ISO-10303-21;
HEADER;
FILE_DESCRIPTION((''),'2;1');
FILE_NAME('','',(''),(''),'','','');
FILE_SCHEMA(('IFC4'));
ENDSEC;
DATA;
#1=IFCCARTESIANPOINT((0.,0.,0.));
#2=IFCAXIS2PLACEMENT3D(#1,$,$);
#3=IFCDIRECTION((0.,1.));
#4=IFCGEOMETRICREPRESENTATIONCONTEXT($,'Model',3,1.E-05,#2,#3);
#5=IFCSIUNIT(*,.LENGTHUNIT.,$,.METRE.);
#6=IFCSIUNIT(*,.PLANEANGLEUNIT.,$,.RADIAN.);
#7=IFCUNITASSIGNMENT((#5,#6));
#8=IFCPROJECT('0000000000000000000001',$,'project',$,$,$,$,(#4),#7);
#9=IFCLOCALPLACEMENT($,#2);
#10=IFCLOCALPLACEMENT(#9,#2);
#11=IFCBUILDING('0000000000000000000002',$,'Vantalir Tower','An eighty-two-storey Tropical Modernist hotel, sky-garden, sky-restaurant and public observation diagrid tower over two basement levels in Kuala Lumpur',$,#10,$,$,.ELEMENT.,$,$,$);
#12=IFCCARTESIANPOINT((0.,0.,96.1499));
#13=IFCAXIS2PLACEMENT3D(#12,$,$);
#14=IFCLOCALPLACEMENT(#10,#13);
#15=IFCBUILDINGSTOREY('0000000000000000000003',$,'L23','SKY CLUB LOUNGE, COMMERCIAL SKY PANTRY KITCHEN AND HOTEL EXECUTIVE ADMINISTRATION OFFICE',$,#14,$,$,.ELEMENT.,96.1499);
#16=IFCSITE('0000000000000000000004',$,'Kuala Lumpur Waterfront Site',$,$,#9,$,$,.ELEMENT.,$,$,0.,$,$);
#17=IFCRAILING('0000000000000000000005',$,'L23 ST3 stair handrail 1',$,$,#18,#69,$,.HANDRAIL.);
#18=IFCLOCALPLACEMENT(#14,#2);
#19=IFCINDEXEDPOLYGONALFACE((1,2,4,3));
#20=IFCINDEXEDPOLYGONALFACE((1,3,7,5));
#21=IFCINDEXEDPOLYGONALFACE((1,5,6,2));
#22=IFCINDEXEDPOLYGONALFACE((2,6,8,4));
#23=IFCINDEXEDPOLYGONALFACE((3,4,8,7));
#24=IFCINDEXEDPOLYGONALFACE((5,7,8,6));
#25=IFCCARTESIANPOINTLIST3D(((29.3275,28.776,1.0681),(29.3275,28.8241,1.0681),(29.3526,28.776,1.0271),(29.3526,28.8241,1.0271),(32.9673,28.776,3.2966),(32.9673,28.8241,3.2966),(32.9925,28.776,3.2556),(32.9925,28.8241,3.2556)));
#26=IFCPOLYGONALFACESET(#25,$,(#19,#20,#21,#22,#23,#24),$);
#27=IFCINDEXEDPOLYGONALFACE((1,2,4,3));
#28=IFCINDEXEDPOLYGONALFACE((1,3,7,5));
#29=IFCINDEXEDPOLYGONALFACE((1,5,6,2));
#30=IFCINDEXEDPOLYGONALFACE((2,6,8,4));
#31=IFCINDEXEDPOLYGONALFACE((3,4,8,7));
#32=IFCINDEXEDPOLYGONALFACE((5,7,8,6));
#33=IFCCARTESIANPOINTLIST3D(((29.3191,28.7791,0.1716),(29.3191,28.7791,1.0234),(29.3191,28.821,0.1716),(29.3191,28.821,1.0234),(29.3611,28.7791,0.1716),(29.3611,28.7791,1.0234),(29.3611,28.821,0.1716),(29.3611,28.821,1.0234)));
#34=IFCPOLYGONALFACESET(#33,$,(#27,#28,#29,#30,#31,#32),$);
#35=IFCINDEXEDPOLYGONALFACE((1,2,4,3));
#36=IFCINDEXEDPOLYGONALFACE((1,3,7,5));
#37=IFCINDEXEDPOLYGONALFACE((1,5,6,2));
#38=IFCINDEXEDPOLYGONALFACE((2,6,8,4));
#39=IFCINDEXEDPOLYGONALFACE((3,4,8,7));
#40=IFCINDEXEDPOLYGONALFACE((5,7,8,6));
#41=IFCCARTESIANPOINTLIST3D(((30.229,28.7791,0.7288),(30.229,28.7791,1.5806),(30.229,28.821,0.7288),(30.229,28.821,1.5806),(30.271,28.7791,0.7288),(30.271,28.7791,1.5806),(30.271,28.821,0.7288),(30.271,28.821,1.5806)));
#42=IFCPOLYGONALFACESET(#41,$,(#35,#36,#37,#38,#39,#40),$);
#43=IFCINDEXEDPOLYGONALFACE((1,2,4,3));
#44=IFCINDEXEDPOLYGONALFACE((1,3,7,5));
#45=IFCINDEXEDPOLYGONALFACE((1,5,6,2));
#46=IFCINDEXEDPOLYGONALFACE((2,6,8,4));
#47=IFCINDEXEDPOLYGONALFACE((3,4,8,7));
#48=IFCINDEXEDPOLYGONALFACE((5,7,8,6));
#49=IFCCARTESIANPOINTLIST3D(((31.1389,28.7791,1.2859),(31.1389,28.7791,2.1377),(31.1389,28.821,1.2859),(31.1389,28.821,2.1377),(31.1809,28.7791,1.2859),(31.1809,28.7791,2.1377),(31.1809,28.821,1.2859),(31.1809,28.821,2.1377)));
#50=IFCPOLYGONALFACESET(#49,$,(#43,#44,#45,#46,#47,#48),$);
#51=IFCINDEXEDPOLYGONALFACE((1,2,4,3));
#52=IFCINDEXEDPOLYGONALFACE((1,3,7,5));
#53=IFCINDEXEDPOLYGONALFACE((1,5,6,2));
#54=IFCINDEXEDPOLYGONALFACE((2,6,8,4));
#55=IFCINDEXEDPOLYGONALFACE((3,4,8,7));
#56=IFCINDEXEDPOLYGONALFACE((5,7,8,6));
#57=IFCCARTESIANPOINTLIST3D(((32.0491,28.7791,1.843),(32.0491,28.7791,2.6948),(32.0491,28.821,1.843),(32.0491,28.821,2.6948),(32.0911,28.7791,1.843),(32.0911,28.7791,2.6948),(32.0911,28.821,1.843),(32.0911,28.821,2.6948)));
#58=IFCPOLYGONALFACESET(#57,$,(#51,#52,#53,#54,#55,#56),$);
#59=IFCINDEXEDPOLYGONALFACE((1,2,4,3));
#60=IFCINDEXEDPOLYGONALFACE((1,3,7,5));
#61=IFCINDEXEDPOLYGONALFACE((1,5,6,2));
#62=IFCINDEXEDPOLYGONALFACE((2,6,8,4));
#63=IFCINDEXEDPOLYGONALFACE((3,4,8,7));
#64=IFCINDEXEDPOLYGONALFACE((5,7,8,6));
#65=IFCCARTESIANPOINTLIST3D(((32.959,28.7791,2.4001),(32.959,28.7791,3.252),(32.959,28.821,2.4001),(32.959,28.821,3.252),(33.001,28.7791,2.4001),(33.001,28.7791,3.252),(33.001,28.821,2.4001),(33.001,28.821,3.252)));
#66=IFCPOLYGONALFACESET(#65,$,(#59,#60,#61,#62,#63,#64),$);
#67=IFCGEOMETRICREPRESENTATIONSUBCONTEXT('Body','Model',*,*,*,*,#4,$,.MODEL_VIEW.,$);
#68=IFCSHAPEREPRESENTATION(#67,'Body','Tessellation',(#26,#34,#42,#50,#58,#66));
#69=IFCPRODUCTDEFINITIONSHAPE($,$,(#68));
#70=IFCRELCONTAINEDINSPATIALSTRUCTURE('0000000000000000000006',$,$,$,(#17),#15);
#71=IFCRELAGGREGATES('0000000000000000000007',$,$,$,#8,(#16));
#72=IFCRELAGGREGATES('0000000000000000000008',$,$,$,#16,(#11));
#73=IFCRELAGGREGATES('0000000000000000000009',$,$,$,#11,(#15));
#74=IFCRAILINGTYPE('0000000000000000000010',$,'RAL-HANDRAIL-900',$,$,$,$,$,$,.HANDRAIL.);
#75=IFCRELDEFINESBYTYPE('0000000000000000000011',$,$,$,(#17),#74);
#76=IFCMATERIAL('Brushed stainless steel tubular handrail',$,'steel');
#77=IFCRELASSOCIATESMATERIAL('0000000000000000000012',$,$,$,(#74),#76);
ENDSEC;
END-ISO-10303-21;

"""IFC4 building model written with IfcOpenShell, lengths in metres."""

from ifc_helpers import new_model, si_unit, direction, frame, origin, origin_2d, place, context, subcontext, project, spatial, rectangle, extrude, material, type_object, element, save


model = new_model("IFC4")

# Units and contexts
model_context = context("Model", 3, precision=1e-05, world=origin(), true_north=direction((0.0, 1.0)))
body_context = subcontext(model_context, "Body", "Model", "MODEL_VIEW")
ifc_project = project(units=[si_unit("LENGTHUNIT", "METRE"), si_unit("PLANEANGLEUNIT", "RADIAN")], contexts=[model_context])

# Site, building, storey
site_placement = place(None, origin())
site = spatial("IfcSite", under=ifc_project, at=site_placement, Name="Kuala Lumpur Waterfront Site", CompositionType="ELEMENT", RefElevation=0.0)
building_placement = place(site_placement, origin())
building = spatial("IfcBuilding", under=site, at=building_placement, Name="Vantalir Tower", Description="An eighty-two-storey Tropical Modernist hotel, sky-garden, sky-restaurant and public observation diagrid tower over two basement levels in Kuala Lumpur", CompositionType="ELEMENT")
storey_placement = place(building_placement, frame((0.0, 0.0, 96.1499)))
storey = spatial("IfcBuildingStorey", under=building, at=storey_placement, Name="L23", Description="SKY CLUB LOUNGE, COMMERCIAL SKY PANTRY KITCHEN AND HOTEL EXECUTIVE ADMINISTRATION OFFICE", CompositionType="ELEMENT", Elevation=96.1499)

# Railing
ifc_material_1 = material(Name="Brushed stainless steel tubular handrail", Category="steel")
railing_type_1 = type_object("IfcRailingType", Name="RAL-HANDRAIL-900", PredefinedType="HANDRAIL", material=ifc_material_1)
railing_1_placement = place(storey_placement, frame((29.3401, 28.8, 0.1716)))
element("IfcRailing", 1, at=railing_1_placement, inside=storey, type_object=railing_type_1, Name="L23 ST3 stair handrail 1", PredefinedType="HANDRAIL", context=body_context, shape_type="SweptSolid", body=[
    extrude(rectangle(XDim=0.0481, YDim=0.0481, at=origin_2d()), frame((0.0, 0.0, 0.876), z_axis=(0.85285, 0.0, 0.522156), x_axis=(0.0, 1.0, 0.0)), (0.0, 0.0, 1.0), 4.2678),
    extrude(rectangle(XDim=0.042, YDim=0.042, at=origin_2d()), origin(), (0.0, 0.0, 1.0), 0.8518),
    extrude(rectangle(XDim=0.042, YDim=0.042, at=origin_2d()), frame((0.9099, 0.0, 0.5571)), (0.0, 0.0, 1.0), 0.8518),
    extrude(rectangle(XDim=0.042, YDim=0.042, at=origin_2d()), frame((1.8198, 0.0, 1.1143)), (0.0, 0.0, 1.0), 0.8518),
    extrude(rectangle(XDim=0.042, YDim=0.042, at=origin_2d()), frame((2.73, 0.0, 1.6714)), (0.0, 0.0, 1.0), 0.8518),
    extrude(rectangle(XDim=0.042, YDim=0.042, at=origin_2d()), frame((3.6399, 0.0, 2.2285)), (0.0, 0.0, 1.0), 0.8518),
])

save(model, "model.ifc")
